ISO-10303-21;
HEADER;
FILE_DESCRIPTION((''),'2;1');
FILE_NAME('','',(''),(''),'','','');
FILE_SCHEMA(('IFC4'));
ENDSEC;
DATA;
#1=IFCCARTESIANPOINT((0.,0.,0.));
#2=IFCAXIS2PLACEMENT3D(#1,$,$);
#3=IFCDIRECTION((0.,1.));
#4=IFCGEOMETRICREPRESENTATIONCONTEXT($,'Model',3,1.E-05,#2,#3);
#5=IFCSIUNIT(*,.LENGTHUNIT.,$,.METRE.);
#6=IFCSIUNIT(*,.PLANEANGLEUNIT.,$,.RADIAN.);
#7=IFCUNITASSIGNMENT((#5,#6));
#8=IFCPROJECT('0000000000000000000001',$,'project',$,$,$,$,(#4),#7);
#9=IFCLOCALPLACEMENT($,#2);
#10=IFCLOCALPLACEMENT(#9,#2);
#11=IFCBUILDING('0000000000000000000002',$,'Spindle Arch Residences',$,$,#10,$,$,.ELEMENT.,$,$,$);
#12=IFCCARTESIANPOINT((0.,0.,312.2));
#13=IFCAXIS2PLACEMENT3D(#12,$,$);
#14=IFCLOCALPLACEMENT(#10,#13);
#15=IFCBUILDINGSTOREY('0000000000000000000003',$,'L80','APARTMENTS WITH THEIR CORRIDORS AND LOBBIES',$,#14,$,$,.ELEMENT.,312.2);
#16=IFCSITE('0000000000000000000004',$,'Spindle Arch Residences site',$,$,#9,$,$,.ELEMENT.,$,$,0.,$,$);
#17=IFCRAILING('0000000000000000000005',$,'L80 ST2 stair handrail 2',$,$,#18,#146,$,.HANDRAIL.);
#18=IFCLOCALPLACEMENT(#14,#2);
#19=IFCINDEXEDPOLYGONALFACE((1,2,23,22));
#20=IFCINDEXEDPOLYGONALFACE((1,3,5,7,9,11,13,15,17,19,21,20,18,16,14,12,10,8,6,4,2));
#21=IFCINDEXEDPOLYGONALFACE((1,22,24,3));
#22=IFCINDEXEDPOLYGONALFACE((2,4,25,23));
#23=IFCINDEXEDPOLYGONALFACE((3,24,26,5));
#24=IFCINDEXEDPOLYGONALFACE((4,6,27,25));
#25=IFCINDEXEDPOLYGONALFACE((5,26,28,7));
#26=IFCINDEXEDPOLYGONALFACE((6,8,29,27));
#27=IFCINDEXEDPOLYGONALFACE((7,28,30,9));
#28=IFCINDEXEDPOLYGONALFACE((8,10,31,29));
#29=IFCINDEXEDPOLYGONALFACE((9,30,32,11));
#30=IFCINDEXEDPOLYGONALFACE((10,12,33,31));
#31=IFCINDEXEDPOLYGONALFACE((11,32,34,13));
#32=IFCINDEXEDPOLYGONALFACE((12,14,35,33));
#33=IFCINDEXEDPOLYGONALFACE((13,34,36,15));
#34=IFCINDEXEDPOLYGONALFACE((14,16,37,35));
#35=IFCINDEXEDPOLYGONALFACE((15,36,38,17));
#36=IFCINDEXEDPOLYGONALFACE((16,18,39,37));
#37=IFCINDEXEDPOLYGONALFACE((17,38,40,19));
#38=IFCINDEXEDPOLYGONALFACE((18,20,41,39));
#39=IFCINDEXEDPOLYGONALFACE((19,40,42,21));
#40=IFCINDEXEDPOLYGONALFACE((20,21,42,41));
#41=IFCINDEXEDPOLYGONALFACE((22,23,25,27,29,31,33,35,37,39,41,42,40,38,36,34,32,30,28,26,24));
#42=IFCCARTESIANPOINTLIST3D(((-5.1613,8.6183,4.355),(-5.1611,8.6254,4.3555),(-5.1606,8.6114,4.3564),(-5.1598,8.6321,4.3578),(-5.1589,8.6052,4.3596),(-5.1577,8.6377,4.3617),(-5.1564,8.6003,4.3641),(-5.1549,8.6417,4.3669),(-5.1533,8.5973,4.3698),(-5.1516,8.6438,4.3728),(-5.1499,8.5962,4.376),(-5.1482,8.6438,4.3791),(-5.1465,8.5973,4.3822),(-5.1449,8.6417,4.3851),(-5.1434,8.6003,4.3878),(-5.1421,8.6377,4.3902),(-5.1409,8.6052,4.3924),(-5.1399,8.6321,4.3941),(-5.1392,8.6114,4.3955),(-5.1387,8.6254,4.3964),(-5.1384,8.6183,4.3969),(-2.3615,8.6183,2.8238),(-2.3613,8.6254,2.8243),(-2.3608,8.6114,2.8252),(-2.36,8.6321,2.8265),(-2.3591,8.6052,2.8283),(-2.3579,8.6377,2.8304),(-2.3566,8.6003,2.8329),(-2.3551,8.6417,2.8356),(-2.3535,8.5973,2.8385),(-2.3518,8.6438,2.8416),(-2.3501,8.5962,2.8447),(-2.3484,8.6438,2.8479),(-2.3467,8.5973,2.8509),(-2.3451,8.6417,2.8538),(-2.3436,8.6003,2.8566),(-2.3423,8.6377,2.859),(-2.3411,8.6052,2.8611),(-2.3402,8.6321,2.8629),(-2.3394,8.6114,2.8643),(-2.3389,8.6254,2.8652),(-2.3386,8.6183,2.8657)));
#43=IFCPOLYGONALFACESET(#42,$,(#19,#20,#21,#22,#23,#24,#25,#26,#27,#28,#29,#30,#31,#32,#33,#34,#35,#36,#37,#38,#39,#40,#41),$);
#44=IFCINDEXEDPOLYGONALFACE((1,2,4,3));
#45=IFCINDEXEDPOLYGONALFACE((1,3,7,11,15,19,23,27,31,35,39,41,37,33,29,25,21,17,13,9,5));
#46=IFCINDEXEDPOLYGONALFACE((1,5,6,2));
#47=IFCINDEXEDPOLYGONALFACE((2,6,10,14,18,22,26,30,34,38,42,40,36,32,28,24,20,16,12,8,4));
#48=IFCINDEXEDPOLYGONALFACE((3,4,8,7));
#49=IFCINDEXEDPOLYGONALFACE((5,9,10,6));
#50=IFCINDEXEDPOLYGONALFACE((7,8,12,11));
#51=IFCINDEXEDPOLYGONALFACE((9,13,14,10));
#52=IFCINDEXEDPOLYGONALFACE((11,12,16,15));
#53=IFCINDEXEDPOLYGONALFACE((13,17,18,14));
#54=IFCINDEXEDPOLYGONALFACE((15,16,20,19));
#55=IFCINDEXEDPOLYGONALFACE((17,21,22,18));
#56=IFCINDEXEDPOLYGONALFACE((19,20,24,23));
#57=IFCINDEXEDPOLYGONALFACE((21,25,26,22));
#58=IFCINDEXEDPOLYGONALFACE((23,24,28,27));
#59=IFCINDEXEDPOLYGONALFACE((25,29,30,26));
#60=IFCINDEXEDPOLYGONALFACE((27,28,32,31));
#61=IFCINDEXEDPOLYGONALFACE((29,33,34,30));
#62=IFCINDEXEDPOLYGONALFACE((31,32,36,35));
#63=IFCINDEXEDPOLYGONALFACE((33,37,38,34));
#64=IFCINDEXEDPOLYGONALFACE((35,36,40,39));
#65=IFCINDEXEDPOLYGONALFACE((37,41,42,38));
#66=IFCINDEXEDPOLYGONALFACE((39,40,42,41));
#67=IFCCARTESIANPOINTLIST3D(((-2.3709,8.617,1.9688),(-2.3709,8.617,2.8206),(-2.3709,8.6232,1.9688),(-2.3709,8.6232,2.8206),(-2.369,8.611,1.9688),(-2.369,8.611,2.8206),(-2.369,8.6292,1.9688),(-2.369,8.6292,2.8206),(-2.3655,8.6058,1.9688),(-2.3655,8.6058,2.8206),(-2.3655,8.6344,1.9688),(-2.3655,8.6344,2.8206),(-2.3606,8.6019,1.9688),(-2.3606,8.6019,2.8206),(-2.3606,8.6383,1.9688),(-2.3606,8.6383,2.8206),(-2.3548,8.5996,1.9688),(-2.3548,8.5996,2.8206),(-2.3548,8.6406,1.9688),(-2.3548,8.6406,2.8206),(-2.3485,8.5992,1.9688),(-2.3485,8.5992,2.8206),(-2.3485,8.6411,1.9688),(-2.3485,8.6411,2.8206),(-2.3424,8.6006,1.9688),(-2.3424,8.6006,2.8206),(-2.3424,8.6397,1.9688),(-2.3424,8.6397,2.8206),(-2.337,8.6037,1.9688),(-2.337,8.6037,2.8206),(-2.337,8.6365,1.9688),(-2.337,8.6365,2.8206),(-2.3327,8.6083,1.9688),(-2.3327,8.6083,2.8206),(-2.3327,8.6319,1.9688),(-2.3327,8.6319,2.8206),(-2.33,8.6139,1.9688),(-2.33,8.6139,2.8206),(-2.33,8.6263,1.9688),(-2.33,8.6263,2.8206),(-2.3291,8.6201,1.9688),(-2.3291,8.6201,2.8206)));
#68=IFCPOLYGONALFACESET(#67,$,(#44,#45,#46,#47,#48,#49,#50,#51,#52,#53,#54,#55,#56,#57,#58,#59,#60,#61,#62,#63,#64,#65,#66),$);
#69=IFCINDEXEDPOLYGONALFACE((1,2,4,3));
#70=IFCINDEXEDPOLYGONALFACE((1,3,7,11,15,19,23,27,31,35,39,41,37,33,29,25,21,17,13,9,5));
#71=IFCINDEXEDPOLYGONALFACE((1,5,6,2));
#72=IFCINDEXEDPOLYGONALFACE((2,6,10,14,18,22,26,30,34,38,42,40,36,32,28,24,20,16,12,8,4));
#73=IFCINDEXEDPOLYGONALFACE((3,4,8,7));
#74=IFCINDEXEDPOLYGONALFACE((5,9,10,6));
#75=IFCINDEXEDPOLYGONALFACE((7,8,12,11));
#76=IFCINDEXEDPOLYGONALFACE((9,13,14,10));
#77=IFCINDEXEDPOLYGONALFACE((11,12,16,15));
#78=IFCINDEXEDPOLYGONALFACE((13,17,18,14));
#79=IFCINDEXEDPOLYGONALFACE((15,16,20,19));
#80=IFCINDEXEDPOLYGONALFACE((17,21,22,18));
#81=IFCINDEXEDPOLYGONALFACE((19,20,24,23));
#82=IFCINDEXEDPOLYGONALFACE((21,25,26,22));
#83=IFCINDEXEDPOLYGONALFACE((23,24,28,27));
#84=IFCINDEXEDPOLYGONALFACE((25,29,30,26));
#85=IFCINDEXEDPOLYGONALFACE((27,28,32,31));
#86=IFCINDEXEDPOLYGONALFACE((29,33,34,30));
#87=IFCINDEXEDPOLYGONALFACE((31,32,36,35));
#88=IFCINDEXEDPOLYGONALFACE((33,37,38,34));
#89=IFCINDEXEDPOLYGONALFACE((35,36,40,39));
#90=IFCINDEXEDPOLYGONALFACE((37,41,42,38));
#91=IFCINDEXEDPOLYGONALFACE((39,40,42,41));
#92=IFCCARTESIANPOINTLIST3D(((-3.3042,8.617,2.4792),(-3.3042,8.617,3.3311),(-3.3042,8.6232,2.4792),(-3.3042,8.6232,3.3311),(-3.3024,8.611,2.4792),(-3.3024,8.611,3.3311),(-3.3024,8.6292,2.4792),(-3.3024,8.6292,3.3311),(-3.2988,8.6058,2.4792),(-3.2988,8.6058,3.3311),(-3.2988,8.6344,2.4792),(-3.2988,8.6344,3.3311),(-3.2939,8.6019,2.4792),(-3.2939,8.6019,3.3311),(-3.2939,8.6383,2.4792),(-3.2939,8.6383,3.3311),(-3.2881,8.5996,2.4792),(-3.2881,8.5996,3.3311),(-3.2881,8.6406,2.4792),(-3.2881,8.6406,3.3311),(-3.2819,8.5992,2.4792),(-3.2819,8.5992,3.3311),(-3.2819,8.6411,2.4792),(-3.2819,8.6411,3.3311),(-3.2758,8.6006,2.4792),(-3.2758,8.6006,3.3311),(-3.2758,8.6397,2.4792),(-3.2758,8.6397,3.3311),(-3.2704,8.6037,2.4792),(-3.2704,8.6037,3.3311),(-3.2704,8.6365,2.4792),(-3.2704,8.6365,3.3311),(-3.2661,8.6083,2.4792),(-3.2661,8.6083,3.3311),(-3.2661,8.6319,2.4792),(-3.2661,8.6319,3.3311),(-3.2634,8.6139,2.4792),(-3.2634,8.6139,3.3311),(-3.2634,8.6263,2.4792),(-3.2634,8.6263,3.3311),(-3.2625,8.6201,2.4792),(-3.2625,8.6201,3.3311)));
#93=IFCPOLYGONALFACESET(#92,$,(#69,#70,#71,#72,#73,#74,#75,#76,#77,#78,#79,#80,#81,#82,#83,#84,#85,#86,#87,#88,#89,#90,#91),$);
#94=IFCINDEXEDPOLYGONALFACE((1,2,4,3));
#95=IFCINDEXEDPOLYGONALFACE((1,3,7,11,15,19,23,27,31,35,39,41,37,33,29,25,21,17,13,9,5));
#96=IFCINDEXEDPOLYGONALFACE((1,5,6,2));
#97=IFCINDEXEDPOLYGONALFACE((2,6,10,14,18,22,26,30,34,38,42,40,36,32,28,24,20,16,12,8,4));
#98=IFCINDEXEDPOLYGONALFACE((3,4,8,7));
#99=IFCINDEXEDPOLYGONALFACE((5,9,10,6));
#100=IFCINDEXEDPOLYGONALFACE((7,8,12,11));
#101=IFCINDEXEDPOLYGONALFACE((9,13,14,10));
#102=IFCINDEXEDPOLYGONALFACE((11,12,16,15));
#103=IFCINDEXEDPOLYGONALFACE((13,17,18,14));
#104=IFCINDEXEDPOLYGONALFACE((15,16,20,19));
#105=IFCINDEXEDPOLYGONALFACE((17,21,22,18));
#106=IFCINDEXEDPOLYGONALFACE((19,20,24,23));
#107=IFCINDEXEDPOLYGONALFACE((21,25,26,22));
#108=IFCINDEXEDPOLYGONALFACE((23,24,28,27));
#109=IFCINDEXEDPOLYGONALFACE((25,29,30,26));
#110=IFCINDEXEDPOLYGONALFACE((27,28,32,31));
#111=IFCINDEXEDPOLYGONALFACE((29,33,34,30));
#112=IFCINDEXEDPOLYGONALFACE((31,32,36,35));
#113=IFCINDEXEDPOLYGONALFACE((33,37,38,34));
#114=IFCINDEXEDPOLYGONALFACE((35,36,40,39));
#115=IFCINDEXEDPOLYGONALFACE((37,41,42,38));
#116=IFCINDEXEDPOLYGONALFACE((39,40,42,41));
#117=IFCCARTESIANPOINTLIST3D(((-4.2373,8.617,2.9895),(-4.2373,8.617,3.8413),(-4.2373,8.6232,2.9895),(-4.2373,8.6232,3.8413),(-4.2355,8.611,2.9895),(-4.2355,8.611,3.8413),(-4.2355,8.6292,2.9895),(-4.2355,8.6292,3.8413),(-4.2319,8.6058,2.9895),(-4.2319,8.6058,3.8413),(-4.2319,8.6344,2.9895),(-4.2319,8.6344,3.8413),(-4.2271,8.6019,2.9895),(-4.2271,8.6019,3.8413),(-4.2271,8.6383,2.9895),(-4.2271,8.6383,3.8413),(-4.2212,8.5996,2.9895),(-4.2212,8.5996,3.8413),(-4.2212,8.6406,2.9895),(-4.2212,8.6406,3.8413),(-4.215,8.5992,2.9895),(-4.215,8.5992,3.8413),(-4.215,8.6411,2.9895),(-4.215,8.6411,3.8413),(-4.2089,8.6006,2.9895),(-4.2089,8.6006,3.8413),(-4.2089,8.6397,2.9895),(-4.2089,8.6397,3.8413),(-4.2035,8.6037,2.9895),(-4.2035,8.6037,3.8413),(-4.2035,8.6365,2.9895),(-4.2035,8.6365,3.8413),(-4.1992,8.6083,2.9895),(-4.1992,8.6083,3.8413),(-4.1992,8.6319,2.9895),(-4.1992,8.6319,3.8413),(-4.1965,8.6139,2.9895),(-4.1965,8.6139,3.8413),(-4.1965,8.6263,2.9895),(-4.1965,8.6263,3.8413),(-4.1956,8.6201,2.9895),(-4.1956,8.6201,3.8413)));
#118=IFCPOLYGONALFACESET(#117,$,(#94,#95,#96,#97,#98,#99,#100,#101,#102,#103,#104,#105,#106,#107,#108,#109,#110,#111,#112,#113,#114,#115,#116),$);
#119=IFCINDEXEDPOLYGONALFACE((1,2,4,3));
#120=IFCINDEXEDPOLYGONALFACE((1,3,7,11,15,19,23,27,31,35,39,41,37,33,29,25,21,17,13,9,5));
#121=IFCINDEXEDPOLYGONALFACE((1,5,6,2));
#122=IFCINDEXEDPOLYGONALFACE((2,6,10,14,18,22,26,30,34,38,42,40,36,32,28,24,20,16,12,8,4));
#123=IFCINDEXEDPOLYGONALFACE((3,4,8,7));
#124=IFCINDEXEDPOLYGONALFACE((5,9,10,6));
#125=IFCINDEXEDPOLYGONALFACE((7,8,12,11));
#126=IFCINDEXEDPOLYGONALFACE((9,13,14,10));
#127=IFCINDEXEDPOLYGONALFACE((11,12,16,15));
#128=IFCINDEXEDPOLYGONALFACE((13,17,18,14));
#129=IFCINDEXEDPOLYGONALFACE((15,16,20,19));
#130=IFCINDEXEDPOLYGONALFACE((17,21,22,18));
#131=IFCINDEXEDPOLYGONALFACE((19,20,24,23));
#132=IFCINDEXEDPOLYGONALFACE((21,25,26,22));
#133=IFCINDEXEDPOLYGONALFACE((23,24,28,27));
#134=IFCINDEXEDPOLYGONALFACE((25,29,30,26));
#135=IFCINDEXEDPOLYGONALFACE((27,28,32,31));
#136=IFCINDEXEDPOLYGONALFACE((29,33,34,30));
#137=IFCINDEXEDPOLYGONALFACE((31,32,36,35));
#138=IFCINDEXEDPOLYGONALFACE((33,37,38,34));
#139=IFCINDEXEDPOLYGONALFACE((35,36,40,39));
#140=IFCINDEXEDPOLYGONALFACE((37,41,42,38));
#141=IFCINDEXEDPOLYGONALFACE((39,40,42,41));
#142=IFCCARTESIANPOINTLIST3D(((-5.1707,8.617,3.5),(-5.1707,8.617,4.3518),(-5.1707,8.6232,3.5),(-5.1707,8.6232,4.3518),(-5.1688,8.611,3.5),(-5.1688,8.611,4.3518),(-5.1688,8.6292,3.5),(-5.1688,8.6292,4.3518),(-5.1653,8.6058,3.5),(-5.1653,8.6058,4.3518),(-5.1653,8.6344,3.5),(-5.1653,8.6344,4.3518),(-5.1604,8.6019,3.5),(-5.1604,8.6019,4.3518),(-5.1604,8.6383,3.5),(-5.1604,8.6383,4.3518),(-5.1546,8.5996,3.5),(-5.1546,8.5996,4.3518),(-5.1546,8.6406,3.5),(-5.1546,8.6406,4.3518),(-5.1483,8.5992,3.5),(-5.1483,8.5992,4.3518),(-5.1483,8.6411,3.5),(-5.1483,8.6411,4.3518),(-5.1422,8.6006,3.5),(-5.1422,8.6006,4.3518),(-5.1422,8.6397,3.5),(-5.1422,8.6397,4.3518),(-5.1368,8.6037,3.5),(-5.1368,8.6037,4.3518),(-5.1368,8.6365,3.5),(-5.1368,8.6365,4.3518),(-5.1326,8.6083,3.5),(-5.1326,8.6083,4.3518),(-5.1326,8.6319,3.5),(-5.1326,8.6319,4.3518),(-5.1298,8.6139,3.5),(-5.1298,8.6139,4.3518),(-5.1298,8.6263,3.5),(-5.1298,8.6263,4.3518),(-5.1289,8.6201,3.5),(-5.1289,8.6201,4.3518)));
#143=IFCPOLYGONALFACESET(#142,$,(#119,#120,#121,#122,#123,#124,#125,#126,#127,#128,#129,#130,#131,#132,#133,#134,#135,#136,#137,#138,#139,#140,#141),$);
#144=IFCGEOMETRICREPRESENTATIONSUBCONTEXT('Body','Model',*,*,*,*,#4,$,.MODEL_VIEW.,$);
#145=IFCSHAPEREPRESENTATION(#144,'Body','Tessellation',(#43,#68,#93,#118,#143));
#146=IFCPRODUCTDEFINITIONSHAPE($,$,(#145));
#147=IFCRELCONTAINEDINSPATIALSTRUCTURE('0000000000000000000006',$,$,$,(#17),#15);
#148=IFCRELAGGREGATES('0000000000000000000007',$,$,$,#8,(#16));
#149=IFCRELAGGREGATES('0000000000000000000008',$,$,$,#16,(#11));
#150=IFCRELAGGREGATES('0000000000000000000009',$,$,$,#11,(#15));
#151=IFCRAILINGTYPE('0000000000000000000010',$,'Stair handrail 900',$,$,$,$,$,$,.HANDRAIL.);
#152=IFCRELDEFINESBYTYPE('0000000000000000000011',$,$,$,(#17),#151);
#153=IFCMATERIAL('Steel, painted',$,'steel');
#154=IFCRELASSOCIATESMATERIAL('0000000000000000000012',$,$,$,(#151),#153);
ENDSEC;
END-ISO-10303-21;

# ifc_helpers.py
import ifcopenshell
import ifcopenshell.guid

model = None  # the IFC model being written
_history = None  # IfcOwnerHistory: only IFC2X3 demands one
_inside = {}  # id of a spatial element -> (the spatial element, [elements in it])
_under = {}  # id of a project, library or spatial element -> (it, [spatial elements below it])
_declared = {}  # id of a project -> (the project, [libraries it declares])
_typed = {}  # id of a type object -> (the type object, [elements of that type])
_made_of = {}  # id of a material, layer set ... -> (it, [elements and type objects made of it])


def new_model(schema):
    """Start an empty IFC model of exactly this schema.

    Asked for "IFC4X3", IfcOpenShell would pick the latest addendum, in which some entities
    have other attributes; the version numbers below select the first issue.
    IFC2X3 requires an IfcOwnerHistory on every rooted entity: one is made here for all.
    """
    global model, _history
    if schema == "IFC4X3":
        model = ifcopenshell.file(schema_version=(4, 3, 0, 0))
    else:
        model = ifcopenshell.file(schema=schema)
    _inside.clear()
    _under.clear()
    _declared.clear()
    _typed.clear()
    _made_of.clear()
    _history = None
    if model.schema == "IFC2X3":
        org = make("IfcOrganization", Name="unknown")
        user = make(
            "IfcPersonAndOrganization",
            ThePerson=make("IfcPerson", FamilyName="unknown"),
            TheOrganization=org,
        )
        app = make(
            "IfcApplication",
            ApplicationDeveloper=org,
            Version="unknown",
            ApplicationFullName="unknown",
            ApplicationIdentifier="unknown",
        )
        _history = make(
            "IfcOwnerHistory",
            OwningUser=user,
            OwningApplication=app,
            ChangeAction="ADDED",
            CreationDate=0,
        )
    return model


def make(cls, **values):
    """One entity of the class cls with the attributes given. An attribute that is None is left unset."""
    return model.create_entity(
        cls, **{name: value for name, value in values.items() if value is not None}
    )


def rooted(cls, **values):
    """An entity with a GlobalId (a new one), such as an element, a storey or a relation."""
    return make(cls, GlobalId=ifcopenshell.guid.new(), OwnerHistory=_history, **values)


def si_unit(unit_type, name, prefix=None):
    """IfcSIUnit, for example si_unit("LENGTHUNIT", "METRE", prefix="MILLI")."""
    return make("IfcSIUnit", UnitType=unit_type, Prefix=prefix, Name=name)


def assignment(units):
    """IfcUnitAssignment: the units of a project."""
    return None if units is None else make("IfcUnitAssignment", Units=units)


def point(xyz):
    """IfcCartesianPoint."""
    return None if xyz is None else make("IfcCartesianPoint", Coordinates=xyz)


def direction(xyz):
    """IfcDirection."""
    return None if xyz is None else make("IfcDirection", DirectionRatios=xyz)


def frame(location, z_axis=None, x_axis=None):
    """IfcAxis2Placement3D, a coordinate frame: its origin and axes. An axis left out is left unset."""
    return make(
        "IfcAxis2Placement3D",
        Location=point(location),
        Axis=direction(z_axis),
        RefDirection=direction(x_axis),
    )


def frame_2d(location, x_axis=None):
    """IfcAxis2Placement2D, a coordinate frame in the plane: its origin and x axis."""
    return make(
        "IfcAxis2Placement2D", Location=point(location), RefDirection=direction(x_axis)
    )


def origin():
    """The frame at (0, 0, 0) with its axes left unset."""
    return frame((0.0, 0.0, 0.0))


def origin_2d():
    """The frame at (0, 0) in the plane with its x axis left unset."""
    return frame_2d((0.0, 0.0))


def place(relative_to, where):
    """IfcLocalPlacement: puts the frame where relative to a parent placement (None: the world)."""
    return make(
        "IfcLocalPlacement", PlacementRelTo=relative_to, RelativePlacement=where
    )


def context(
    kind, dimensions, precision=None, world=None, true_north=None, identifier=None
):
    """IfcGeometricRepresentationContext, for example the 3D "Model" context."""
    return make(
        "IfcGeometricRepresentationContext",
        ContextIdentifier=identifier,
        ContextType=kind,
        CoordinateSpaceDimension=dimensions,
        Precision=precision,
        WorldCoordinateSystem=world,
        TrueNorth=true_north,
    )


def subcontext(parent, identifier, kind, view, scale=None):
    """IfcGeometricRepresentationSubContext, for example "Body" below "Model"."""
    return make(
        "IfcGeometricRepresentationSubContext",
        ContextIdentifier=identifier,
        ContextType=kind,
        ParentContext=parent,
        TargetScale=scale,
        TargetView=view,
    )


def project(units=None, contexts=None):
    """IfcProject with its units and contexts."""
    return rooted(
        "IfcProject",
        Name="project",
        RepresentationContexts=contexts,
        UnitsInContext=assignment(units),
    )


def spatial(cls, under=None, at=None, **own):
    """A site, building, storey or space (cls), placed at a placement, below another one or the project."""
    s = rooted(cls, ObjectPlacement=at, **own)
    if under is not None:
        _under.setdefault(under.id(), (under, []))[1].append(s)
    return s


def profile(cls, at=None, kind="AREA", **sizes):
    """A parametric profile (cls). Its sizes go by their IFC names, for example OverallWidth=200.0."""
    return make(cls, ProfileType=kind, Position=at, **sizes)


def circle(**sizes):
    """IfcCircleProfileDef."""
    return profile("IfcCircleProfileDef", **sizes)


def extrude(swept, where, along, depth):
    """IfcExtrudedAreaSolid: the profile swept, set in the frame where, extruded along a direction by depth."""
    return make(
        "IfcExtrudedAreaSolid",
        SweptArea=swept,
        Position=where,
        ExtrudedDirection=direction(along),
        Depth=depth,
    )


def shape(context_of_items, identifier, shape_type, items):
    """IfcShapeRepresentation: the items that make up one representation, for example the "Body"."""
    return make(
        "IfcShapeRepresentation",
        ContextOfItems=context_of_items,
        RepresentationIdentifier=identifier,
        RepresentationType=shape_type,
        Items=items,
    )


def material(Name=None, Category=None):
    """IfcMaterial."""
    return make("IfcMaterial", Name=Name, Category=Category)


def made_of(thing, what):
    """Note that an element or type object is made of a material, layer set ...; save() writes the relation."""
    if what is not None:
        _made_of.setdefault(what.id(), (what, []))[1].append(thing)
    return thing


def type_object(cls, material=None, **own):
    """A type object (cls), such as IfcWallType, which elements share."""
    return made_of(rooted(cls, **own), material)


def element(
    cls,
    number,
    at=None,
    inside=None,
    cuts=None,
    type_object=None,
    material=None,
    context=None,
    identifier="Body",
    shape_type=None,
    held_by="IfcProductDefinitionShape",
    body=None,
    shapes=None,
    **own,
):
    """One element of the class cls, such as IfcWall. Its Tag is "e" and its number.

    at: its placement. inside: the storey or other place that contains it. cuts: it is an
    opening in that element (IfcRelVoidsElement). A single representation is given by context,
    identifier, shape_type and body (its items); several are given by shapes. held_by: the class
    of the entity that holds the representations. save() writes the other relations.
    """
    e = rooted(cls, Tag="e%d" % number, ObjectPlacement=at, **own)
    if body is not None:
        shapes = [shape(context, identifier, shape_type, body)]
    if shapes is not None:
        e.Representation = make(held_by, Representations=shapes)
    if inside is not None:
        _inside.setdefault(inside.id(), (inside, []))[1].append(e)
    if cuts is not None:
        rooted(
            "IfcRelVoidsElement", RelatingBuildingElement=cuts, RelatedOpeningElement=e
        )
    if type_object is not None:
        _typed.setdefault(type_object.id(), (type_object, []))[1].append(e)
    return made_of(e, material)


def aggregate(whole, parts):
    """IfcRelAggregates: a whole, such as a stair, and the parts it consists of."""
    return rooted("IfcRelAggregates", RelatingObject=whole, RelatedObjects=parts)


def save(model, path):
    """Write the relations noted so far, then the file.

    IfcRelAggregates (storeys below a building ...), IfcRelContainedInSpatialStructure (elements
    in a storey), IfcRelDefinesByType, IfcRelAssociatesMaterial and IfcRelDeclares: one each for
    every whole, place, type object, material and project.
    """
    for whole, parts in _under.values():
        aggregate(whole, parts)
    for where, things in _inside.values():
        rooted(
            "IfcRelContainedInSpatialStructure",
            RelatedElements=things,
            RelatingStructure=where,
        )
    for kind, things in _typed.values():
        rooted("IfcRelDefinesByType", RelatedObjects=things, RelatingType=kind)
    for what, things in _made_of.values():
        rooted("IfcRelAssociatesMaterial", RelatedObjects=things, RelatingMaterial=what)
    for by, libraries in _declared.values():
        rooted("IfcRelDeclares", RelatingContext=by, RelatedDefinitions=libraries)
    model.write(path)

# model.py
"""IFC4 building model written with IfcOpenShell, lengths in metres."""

from ifc_helpers import new_model, si_unit, direction, frame, origin, origin_2d, place, context, subcontext, project, spatial, circle, extrude, material, type_object, element, save


model = new_model("IFC4")

# Units and contexts
model_context = context("Model", 3, precision=1e-05, world=origin(), true_north=direction((0.0, 1.0)))
body_context = subcontext(model_context, "Body", "Model", "MODEL_VIEW")
ifc_project = project(units=[si_unit("LENGTHUNIT", "METRE"), si_unit("PLANEANGLEUNIT", "RADIAN")], contexts=[model_context])

# Site, building, storey
site_placement = place(None, origin())
site = spatial("IfcSite", under=ifc_project, at=site_placement, Name="Spindle Arch Residences site", CompositionType="ELEMENT", RefElevation=0.0)
building_placement = place(site_placement, origin())
building = spatial("IfcBuilding", under=site, at=building_placement, Name="Spindle Arch Residences", CompositionType="ELEMENT")
storey_placement = place(building_placement, frame((0.0, 0.0, 312.2)))
storey = spatial("IfcBuildingStorey", under=building, at=storey_placement, Name="L80", Description="APARTMENTS WITH THEIR CORRIDORS AND LOBBIES", CompositionType="ELEMENT", Elevation=312.2)

# Railing
ifc_material_1 = material(Name="Steel, painted", Category="steel")
railing_type_1 = type_object("IfcRailingType", Name="Stair handrail 900", PredefinedType="HANDRAIL", material=ifc_material_1)
railing_1_placement = place(storey_placement, frame((-2.3501, 8.6201, 1.9688)))
element("IfcRailing", 1, at=railing_1_placement, inside=storey, type_object=railing_type_1, Name="L80 ST2 stair handrail 2", PredefinedType="HANDRAIL", context=body_context, shape_type="SweptSolid", body=[
    extrude(circle(Radius=0.0239, at=origin_2d()), frame((0.0, 0.0, 0.876), z_axis=(-0.877357, 0.0, 0.479838), x_axis=(0.0, -1.0, 0.0)), (0.0, 0.0, 1.0), 3.1912),
    extrude(circle(Radius=0.021, at=origin_2d()), origin(), (0.0, 0.0, 1.0), 0.8518),
    extrude(circle(Radius=0.021, at=origin_2d()), frame((-0.9333, 0.0, 0.5105)), (0.0, 0.0, 1.0), 0.8518),
    extrude(circle(Radius=0.021, at=origin_2d()), frame((-1.8665, 0.0, 1.0208)), (0.0, 0.0, 1.0), 0.8518),
    extrude(circle(Radius=0.021, at=origin_2d()), frame((-2.7998, 0.0, 1.5312)), (0.0, 0.0, 1.0), 0.8518),
])

save(model, "model.ifc")
